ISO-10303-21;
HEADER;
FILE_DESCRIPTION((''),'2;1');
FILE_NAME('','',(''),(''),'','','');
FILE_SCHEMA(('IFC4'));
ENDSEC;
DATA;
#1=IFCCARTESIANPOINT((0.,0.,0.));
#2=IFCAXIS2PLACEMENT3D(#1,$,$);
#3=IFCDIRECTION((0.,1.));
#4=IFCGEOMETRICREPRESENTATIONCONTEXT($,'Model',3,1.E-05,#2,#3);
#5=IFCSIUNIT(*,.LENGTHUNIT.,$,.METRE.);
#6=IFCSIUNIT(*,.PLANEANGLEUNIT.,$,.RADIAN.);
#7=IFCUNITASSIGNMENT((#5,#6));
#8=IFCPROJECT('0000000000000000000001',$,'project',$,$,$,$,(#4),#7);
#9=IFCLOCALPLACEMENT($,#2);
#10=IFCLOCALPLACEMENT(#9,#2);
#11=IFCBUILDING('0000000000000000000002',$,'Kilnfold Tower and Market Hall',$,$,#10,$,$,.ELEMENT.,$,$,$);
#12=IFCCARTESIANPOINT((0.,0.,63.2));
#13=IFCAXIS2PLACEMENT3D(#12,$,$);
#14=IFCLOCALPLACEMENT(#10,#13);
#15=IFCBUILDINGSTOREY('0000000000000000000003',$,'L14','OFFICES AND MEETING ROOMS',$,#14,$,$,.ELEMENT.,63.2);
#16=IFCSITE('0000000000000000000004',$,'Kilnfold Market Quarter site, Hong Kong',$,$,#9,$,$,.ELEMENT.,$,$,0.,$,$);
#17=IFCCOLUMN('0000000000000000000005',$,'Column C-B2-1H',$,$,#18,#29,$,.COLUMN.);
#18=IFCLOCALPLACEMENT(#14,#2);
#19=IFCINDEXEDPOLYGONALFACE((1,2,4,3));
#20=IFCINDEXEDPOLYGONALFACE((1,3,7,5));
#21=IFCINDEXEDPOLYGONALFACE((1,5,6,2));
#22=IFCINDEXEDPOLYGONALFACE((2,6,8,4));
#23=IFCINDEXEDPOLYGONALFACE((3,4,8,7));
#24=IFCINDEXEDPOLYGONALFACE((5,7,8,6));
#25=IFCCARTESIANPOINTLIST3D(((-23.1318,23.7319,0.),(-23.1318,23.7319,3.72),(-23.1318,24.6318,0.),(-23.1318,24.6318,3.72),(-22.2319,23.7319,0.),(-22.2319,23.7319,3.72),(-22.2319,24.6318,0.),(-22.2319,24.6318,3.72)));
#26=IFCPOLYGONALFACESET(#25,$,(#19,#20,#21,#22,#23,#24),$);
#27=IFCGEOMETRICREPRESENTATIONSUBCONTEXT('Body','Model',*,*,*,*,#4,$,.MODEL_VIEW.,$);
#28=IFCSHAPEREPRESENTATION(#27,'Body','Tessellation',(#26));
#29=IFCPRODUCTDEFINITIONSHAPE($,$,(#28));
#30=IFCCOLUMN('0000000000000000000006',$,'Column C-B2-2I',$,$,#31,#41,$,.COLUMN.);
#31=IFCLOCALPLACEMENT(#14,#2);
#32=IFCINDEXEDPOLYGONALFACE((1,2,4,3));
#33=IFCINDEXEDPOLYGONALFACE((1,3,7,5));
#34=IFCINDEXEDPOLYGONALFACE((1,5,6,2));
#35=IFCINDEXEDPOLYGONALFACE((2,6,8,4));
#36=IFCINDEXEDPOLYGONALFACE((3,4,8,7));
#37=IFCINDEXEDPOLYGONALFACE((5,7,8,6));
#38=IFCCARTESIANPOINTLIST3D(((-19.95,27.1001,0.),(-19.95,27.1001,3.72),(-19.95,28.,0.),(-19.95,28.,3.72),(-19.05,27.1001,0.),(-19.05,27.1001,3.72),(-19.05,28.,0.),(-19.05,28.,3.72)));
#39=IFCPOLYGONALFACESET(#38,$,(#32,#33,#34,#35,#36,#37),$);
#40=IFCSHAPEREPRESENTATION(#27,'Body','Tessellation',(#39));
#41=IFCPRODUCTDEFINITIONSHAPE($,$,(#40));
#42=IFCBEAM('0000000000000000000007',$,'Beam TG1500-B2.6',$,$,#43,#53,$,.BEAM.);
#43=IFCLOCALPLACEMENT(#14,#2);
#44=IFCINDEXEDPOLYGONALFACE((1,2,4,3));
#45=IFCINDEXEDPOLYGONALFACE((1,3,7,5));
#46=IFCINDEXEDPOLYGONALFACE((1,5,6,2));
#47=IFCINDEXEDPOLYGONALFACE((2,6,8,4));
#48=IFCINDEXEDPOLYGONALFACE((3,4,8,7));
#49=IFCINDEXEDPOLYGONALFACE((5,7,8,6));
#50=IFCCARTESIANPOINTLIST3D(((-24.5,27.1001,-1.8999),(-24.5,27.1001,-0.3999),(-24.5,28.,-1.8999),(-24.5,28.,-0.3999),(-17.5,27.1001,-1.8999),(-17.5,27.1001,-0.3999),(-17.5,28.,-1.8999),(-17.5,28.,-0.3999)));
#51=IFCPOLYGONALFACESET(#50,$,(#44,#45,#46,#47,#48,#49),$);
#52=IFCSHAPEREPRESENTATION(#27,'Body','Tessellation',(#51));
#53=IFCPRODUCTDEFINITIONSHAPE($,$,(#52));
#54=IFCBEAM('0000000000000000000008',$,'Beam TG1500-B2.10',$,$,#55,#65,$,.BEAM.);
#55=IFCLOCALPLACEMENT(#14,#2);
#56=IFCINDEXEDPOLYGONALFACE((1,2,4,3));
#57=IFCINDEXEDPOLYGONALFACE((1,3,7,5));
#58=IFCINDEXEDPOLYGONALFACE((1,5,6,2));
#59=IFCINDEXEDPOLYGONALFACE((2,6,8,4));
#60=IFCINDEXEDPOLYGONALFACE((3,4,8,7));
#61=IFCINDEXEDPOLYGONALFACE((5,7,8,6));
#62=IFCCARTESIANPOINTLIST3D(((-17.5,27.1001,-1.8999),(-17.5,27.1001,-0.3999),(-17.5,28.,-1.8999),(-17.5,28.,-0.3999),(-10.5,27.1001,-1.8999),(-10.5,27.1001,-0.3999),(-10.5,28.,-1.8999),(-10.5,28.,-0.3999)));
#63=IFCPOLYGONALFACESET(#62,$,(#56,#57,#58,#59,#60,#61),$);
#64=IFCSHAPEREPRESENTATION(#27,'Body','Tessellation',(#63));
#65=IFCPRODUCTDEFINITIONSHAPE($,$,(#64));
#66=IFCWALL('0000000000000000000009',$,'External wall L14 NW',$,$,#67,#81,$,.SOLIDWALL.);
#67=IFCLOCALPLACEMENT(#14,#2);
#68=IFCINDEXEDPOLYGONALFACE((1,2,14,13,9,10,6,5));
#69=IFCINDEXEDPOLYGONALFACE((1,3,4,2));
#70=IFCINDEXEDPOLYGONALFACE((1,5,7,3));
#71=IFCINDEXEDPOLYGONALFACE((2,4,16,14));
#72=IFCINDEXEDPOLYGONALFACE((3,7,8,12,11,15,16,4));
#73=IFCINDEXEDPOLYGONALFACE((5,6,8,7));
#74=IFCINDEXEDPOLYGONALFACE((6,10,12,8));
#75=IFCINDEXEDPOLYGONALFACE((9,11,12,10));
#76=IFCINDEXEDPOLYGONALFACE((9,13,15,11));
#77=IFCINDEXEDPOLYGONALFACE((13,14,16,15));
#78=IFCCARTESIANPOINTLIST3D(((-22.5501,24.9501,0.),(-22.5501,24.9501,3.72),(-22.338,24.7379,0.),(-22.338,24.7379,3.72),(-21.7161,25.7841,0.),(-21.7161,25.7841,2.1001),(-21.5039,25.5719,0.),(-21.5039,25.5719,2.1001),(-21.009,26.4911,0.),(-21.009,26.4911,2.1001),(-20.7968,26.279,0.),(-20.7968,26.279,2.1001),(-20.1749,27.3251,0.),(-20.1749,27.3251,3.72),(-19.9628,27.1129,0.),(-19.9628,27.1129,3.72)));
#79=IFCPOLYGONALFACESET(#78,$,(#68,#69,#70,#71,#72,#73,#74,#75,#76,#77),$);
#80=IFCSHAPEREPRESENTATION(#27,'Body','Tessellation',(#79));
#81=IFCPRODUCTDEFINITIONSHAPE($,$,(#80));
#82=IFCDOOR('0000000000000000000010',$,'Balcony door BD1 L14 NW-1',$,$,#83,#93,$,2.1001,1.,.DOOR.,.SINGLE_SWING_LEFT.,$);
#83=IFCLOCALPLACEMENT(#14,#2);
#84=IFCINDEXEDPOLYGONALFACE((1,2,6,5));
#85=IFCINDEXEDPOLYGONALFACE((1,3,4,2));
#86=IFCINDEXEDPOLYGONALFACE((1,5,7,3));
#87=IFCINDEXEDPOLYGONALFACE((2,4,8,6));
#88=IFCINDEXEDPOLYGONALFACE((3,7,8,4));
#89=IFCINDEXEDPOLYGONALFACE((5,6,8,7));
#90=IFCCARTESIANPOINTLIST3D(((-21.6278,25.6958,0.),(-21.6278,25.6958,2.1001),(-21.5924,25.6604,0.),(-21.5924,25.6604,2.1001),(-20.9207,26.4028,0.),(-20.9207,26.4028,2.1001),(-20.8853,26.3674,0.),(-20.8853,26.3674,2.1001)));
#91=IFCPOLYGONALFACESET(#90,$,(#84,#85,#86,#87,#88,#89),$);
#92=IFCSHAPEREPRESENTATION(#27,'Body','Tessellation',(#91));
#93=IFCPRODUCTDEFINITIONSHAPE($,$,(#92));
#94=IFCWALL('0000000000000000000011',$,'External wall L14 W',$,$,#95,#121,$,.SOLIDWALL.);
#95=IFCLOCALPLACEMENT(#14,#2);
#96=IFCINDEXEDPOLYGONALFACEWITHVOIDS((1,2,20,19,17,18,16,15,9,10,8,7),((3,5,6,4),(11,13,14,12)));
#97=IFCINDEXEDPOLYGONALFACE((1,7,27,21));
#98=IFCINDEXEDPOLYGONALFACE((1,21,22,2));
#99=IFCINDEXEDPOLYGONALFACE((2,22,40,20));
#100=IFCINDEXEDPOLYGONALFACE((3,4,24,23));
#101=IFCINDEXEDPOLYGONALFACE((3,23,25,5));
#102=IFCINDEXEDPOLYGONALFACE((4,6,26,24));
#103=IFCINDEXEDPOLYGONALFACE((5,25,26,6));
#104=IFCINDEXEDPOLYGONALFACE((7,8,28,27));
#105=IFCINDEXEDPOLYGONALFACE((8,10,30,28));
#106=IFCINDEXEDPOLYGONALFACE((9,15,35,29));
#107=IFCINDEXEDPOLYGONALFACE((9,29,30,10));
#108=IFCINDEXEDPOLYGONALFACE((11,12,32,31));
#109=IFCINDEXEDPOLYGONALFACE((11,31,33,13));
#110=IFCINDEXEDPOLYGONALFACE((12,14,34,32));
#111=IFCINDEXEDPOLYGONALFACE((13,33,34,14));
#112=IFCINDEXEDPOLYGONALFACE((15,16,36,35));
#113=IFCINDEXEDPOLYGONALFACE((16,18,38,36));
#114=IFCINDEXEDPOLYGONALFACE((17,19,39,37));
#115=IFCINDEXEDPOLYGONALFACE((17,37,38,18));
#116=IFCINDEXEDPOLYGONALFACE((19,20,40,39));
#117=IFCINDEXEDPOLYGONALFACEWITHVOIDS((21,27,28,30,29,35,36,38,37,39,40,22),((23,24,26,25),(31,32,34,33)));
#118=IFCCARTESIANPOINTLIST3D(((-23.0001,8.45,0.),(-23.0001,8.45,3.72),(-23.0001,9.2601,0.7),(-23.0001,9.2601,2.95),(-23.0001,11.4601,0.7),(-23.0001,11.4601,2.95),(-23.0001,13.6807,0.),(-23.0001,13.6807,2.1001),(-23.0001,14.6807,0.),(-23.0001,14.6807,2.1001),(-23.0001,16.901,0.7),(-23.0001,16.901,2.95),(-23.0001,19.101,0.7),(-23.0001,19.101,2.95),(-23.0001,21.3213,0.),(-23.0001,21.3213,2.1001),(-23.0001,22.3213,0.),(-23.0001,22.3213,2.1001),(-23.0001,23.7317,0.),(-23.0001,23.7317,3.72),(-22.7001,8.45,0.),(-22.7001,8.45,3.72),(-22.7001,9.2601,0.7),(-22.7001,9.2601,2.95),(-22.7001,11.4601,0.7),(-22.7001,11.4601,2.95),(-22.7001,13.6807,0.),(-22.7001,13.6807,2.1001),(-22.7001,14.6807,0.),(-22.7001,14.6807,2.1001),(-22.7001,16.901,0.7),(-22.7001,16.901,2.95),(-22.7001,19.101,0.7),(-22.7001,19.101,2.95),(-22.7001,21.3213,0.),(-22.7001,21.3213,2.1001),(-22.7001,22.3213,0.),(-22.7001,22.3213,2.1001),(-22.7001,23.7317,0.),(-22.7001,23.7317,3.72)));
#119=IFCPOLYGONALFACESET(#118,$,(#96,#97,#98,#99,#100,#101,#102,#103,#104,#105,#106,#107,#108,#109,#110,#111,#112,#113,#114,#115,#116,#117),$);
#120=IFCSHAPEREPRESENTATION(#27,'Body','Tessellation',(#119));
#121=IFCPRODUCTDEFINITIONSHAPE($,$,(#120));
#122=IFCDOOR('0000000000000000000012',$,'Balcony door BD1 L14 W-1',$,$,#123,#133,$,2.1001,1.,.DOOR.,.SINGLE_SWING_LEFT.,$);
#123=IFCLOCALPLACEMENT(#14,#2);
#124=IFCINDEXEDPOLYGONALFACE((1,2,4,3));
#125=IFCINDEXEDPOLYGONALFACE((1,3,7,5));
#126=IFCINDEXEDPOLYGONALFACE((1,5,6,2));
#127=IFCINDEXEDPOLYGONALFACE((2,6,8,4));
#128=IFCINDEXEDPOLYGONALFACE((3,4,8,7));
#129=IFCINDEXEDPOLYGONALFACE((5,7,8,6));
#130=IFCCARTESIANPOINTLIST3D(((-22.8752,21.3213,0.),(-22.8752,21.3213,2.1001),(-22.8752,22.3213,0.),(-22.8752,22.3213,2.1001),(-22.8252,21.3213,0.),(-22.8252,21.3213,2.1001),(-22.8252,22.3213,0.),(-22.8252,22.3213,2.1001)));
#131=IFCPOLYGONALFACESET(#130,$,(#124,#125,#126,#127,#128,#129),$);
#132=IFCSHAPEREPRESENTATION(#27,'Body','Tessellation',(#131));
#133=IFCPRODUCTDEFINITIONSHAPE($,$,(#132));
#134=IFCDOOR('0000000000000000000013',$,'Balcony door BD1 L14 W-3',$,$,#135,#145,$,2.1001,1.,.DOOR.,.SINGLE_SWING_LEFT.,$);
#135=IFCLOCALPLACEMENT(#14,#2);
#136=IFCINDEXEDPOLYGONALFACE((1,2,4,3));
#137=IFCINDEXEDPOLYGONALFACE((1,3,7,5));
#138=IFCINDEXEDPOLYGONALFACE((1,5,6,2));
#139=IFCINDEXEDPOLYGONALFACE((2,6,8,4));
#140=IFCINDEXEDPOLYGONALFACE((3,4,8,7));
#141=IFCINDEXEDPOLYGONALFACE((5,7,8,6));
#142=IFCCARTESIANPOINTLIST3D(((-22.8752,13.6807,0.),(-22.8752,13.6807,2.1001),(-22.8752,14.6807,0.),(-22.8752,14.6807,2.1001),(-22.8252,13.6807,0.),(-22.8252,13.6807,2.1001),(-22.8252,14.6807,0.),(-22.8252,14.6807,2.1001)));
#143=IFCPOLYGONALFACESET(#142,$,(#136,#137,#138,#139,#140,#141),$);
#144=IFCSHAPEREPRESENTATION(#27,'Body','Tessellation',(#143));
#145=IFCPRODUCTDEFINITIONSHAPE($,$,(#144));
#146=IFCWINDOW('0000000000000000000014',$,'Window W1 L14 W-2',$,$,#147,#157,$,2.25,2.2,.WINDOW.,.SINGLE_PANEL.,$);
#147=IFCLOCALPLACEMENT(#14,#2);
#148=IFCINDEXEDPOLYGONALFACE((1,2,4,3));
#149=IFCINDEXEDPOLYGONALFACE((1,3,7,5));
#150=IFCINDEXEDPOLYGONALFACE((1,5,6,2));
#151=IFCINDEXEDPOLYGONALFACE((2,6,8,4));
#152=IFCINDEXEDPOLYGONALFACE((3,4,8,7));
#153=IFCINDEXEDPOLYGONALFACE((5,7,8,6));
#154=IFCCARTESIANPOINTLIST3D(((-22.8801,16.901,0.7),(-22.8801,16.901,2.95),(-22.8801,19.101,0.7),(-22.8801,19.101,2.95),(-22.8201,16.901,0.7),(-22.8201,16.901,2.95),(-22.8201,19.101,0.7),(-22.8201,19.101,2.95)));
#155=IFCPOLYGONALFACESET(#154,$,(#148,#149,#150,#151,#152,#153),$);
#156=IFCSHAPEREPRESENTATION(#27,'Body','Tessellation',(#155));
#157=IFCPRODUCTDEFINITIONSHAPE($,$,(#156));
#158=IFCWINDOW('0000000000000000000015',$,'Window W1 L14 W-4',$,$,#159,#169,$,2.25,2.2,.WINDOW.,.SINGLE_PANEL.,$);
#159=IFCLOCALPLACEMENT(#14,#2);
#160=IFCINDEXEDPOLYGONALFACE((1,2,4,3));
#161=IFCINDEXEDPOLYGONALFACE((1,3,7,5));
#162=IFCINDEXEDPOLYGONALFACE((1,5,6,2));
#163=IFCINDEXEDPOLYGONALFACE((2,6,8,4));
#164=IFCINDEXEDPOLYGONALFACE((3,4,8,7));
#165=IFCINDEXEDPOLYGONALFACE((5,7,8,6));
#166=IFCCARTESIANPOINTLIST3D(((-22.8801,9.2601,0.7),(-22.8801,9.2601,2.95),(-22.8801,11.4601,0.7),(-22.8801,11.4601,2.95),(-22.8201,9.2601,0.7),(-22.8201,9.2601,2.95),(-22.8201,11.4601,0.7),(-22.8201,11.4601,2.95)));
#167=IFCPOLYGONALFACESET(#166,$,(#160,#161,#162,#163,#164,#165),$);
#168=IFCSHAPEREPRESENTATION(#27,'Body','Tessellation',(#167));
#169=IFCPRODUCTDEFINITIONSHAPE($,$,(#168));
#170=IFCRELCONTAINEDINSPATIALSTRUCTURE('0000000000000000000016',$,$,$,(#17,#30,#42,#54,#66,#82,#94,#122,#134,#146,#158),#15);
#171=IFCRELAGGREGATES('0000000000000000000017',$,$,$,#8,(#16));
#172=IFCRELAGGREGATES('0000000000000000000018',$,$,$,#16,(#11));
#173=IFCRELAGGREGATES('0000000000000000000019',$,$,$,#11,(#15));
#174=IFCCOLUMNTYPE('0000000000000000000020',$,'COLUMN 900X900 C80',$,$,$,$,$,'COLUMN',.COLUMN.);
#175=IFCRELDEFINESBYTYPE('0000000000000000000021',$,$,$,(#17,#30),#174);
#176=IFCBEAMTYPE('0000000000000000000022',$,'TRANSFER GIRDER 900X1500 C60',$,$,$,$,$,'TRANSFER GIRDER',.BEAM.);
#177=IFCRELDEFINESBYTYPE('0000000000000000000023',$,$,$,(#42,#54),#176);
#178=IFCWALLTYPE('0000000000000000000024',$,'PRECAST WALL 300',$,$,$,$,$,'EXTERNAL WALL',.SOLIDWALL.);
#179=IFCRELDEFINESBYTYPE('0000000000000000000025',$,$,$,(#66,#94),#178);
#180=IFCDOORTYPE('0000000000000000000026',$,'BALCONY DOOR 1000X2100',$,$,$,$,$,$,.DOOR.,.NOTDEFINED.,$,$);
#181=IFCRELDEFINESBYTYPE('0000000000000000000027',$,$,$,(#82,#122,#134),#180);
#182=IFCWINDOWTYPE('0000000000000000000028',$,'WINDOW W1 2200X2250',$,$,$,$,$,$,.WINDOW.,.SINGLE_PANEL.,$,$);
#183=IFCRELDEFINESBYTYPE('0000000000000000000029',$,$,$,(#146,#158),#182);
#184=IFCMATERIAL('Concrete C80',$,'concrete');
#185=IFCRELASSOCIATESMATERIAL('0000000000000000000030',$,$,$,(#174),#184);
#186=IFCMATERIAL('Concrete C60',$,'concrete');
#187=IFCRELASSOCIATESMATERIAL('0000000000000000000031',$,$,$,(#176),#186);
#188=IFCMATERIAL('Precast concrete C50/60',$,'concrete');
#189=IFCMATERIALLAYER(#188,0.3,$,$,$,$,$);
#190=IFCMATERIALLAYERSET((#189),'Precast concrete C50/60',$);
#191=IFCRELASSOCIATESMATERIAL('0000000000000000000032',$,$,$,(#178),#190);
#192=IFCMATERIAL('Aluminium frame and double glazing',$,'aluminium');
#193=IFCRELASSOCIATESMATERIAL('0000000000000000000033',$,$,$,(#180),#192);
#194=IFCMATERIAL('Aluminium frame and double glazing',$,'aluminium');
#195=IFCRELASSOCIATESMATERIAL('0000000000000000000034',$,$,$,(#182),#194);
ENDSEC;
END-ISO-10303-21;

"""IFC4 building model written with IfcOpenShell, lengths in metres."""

from ifc_helpers import new_model, si_unit, direction, frame, frame_2d, origin, origin_2d, place, context, subcontext, project, spatial, rectangle, extrude, source, transform, mapped, material, layer, layer_set, material_profile, profile_set, type_object, element, fill, save


model = new_model("IFC4")

# Units and contexts
model_context = context("Model", 3, precision=1e-05, world=origin(), true_north=direction((0.0, 1.0)))
body_context = subcontext(model_context, "Body", "Model", "MODEL_VIEW")
ifc_project = project(units=[si_unit("LENGTHUNIT", "METRE"), si_unit("PLANEANGLEUNIT", "RADIAN")], contexts=[model_context])

# Site, building, storey
site_placement = place(None, origin())
site = spatial("IfcSite", under=ifc_project, at=site_placement, Name="Kilnfold Market Quarter site, Hong Kong", CompositionType="ELEMENT", RefElevation=0.0)
building_placement = place(site_placement, origin())
building = spatial("IfcBuilding", under=site, at=building_placement, Name="Kilnfold Tower and Market Hall", CompositionType="ELEMENT")
storey_placement = place(building_placement, frame((0.0, 0.0, 63.2)))
storey = spatial("IfcBuildingStorey", under=building, at=storey_placement, Name="L14", Description="OFFICES AND MEETING ROOMS", CompositionType="ELEMENT", Elevation=63.2)

# Columns
ifc_material_1 = material(Name="Concrete C80", Category="concrete")
ifc_material_profile_1 = material_profile(ifc_material_1, rectangle(XDim=0.8999, YDim=0.8999, at=origin_2d()), Name="RC 900x900")
ifc_profile_set_1 = profile_set([ifc_material_profile_1], Name="Concrete C80")
column_type = type_object("IfcColumnType", Name="COLUMN 900X900 C80", ElementType="COLUMN", PredefinedType="COLUMN", material=ifc_profile_set_1)
shared_shape_1 = source(origin(), body_context, "Body", "SweptSolid", [
    extrude(rectangle(XDim=0.8999, YDim=0.8999, at=origin_2d()), origin(), (0.0, 0.0, 1.0), 3.72),
])
for number, where, z_axis, x_axis, name in (
    (1, (-22.6819, 24.1819, 0.0), (0.0, 0.0, 1.0), (1.0, 0.0, 0.0), "Column C-B2-1H"),
    (2, (-19.5, 27.55, 0.0), (0.0, 0.0, 1.0), (1.0, 0.0, 0.0), "Column C-B2-2I"),
):
    element("IfcColumn", number, at=place(storey_placement, frame(where, z_axis=z_axis, x_axis=x_axis)), inside=storey, type_object=column_type, Name=name, PredefinedType="COLUMN", context=body_context, shape_type="MappedRepresentation", body=[
        mapped(shared_shape_1, transform((0.0, 0.0, 0.0))),
    ])

# Beams
ifc_material_2 = material(Name="Concrete C60", Category="concrete")
ifc_material_profile_2 = material_profile(ifc_material_2, rectangle(XDim=0.8999, YDim=1.5, at=origin_2d()), Name="RC 900x1500")
ifc_profile_set_2 = profile_set([ifc_material_profile_2], Name="Concrete C60")
beam_type = type_object("IfcBeamType", Name="TRANSFER GIRDER 900X1500 C60", ElementType="TRANSFER GIRDER", PredefinedType="BEAM", material=ifc_profile_set_2)
shared_shape_2 = source(origin(), body_context, "Body", "SweptSolid", [
    extrude(rectangle(XDim=0.8999, YDim=1.5, at=origin_2d()), origin(), (0.0, 0.0, 1.0), 7.0),
])
for number, where, z_axis, x_axis, name in (
    (3, (-24.5, 27.55, -1.1499), (1.0, 0.0, 0.0), (0.0, 1.0, 0.0), "Beam TG1500-B2.6"),
    (4, (-17.5, 27.55, -1.1499), (1.0, 0.0, 0.0), (0.0, 1.0, 0.0), "Beam TG1500-B2.10"),
):
    element("IfcBeam", number, at=place(storey_placement, frame(where, z_axis=z_axis, x_axis=x_axis)), inside=storey, type_object=beam_type, Name=name, PredefinedType="BEAM", context=body_context, shape_type="MappedRepresentation", body=[
        mapped(shared_shape_2, transform((0.0, 0.0, 0.0))),
    ])

# Wall, opening, door
ifc_material_3 = material(Name="Precast concrete C50/60", Category="concrete")
ifc_layer = layer(ifc_material_3, 0.3)
ifc_layer_set = layer_set([ifc_layer], Name="Precast concrete C50/60")
wall_type = type_object("IfcWallType", Name="PRECAST WALL 300", ElementType="EXTERNAL WALL", PredefinedType="SOLIDWALL", material=ifc_layer_set)
shared_shape_3 = source(origin(), body_context, "Body", "SweptSolid", [
    extrude(rectangle(XDim=3.3589, YDim=0.3, at=frame_2d((1.6794, 0.0))), origin(), (0.0, 0.0, 1.0), 3.72),
])
wall_1_placement = place(storey_placement, frame((-20.0688, 27.219, 0.0), z_axis=(0.0, 0.0, 1.0), x_axis=(-0.707143, -0.70707, 0.0)))
wall_1 = element("IfcWall", 5, at=wall_1_placement, inside=storey, type_object=wall_type, Name="External wall L14 NW", PredefinedType="SOLIDWALL", context=body_context, shape_type="MappedRepresentation", body=[
    mapped(shared_shape_3, transform((0.0, 0.0, 0.0))),
])
opening_1_placement = place(wall_1_placement, frame((1.1794, 0.0, 0.0)))
opening_1 = element("IfcOpeningElement", 6, at=opening_1_placement, cuts=wall_1, PredefinedType="OPENING", context=body_context, shape_type="SweptSolid", body=[
    extrude(rectangle(XDim=1.0, YDim=2.1001, at=frame_2d((0.5, 1.05))), frame((0.0, 0.1602, 0.0), z_axis=(0.0, -1.0, 0.0), x_axis=(1.0, 0.0, 0.0)), (0.0, 0.0, 1.0), 0.3201),
])
ifc_material_4 = material(Name="Aluminium frame and double glazing", Category="aluminium")
door_type = type_object("IfcDoorType", Name="BALCONY DOOR 1000X2100", OperationType="NOTDEFINED", PredefinedType="DOOR", material=ifc_material_4)
door_1_placement = place(opening_1_placement, origin())
door_1 = element("IfcDoor", 7, at=door_1_placement, inside=storey, type_object=door_type, Name="Balcony door BD1 L14 NW-1", OperationType="SINGLE_SWING_LEFT", OverallHeight=2.1001, OverallWidth=1.0, PredefinedType="DOOR", context=body_context, shape_type="SweptSolid", body=[
    extrude(rectangle(XDim=1.0, YDim=2.1001, at=frame_2d((0.5, 1.05))), frame((0.0, 0.0249, 0.0), z_axis=(0.0, -1.0, 0.0), x_axis=(1.0, 0.0, 0.0)), (0.0, 0.0, 1.0), 0.05),
])
fill(opening_1, door_1)

# Wall, openings, doors, windows
shared_shape_4 = source(origin(), body_context, "Body", "SweptSolid", [
    extrude(rectangle(XDim=15.2817, YDim=0.3, at=frame_2d((7.6409, 0.0))), origin(), (0.0, 0.0, 1.0), 3.72),
])
wall_2_placement = place(storey_placement, frame((-22.8501, 23.7317, 0.0), z_axis=(0.0, 0.0, 1.0), x_axis=(0.0, -1.0, 0.0)))
wall_2 = element("IfcWall", 8, at=wall_2_placement, inside=storey, type_object=wall_type, Name="External wall L14 W", PredefinedType="SOLIDWALL", context=body_context, shape_type="MappedRepresentation", body=[
    mapped(shared_shape_4, transform((0.0, 0.0, 0.0))),
])
opening_2_placement = place(wall_2_placement, frame((1.4104, 0.0, 0.0)))
opening_2 = element("IfcOpeningElement", 9, at=opening_2_placement, cuts=wall_2, PredefinedType="OPENING", context=body_context, shape_type="SweptSolid", body=[
    extrude(rectangle(XDim=1.0, YDim=2.1001, at=frame_2d((0.5, 1.05))), frame((0.0, 0.1602, 0.0), z_axis=(0.0, -1.0, 0.0), x_axis=(1.0, 0.0, 0.0)), (0.0, 0.0, 1.0), 0.3201),
])
opening_3_placement = place(wall_2_placement, frame((4.6306, 0.0, 0.7)))
opening_3 = element("IfcOpeningElement", 10, at=opening_3_placement, cuts=wall_2, PredefinedType="OPENING", context=body_context, shape_type="SweptSolid", body=[
    extrude(rectangle(XDim=2.2, YDim=2.25, at=frame_2d((1.1001, 1.125))), frame((0.0, 0.1602, 0.0), z_axis=(0.0, -1.0, 0.0), x_axis=(1.0, 0.0, 0.0)), (0.0, 0.0, 1.0), 0.3201),
])
opening_4_placement = place(wall_2_placement, frame((9.051, 0.0, 0.0)))
opening_4 = element("IfcOpeningElement", 11, at=opening_4_placement, cuts=wall_2, PredefinedType="OPENING", context=body_context, shape_type="SweptSolid", body=[
    extrude(rectangle(XDim=1.0, YDim=2.1001, at=frame_2d((0.5, 1.05))), frame((0.0, 0.1602, 0.0), z_axis=(0.0, -1.0, 0.0), x_axis=(1.0, 0.0, 0.0)), (0.0, 0.0, 1.0), 0.3201),
])
opening_5_placement = place(wall_2_placement, frame((12.2715, 0.0, 0.7)))
opening_5 = element("IfcOpeningElement", 12, at=opening_5_placement, cuts=wall_2, PredefinedType="OPENING", context=body_context, shape_type="SweptSolid", body=[
    extrude(rectangle(XDim=2.2, YDim=2.25, at=frame_2d((1.1001, 1.125))), frame((0.0, 0.1602, 0.0), z_axis=(0.0, -1.0, 0.0), x_axis=(1.0, 0.0, 0.0)), (0.0, 0.0, 1.0), 0.3201),
])
door_2_placement = place(opening_2_placement, origin())
door_2 = element("IfcDoor", 13, at=door_2_placement, inside=storey, type_object=door_type, Name="Balcony door BD1 L14 W-1", OperationType="SINGLE_SWING_LEFT", OverallHeight=2.1001, OverallWidth=1.0, PredefinedType="DOOR", context=body_context, shape_type="SweptSolid", body=[
    extrude(rectangle(XDim=1.0, YDim=2.1001, at=frame_2d((0.5, 1.05))), frame((0.0, 0.0249, 0.0), z_axis=(0.0, -1.0, 0.0), x_axis=(1.0, 0.0, 0.0)), (0.0, 0.0, 1.0), 0.05),
])
fill(opening_2, door_2)
door_3_placement = place(opening_4_placement, origin())
door_3 = element("IfcDoor", 14, at=door_3_placement, inside=storey, type_object=door_type, Name="Balcony door BD1 L14 W-3", OperationType="SINGLE_SWING_LEFT", OverallHeight=2.1001, OverallWidth=1.0, PredefinedType="DOOR", context=body_context, shape_type="SweptSolid", body=[
    extrude(rectangle(XDim=1.0, YDim=2.1001, at=frame_2d((0.5, 1.05))), frame((0.0, 0.0249, 0.0), z_axis=(0.0, -1.0, 0.0), x_axis=(1.0, 0.0, 0.0)), (0.0, 0.0, 1.0), 0.05),
])
fill(opening_4, door_3)
ifc_material_5 = material(Name="Aluminium frame and double glazing", Category="aluminium")
window_type = type_object("IfcWindowType", Name="WINDOW W1 2200X2250", PartitioningType="SINGLE_PANEL", PredefinedType="WINDOW", material=ifc_material_5)
window_1_placement = place(opening_3_placement, origin())
window_1 = element("IfcWindow", 15, at=window_1_placement, inside=storey, type_object=window_type, Name="Window W1 L14 W-2", OverallHeight=2.25, OverallWidth=2.2, PartitioningType="SINGLE_PANEL", PredefinedType="WINDOW", context=body_context, shape_type="SweptSolid", body=[
    extrude(rectangle(XDim=2.2, YDim=2.25, at=frame_2d((1.1001, 1.125))), frame((0.0, 0.03, 0.0), z_axis=(0.0, -1.0, 0.0), x_axis=(1.0, 0.0, 0.0)), (0.0, 0.0, 1.0), 0.0601),
])
fill(opening_3, window_1)
window_2_placement = place(opening_5_placement, origin())
window_2 = element("IfcWindow", 16, at=window_2_placement, inside=storey, type_object=window_type, Name="Window W1 L14 W-4", OverallHeight=2.25, OverallWidth=2.2, PartitioningType="SINGLE_PANEL", PredefinedType="WINDOW", context=body_context, shape_type="SweptSolid", body=[
    extrude(rectangle(XDim=2.2, YDim=2.25, at=frame_2d((1.1001, 1.125))), frame((0.0, 0.03, 0.0), z_axis=(0.0, -1.0, 0.0), x_axis=(1.0, 0.0, 0.0)), (0.0, 0.0, 1.0), 0.0601),
])
fill(opening_5, window_2)

save(model, "model.ifc")
